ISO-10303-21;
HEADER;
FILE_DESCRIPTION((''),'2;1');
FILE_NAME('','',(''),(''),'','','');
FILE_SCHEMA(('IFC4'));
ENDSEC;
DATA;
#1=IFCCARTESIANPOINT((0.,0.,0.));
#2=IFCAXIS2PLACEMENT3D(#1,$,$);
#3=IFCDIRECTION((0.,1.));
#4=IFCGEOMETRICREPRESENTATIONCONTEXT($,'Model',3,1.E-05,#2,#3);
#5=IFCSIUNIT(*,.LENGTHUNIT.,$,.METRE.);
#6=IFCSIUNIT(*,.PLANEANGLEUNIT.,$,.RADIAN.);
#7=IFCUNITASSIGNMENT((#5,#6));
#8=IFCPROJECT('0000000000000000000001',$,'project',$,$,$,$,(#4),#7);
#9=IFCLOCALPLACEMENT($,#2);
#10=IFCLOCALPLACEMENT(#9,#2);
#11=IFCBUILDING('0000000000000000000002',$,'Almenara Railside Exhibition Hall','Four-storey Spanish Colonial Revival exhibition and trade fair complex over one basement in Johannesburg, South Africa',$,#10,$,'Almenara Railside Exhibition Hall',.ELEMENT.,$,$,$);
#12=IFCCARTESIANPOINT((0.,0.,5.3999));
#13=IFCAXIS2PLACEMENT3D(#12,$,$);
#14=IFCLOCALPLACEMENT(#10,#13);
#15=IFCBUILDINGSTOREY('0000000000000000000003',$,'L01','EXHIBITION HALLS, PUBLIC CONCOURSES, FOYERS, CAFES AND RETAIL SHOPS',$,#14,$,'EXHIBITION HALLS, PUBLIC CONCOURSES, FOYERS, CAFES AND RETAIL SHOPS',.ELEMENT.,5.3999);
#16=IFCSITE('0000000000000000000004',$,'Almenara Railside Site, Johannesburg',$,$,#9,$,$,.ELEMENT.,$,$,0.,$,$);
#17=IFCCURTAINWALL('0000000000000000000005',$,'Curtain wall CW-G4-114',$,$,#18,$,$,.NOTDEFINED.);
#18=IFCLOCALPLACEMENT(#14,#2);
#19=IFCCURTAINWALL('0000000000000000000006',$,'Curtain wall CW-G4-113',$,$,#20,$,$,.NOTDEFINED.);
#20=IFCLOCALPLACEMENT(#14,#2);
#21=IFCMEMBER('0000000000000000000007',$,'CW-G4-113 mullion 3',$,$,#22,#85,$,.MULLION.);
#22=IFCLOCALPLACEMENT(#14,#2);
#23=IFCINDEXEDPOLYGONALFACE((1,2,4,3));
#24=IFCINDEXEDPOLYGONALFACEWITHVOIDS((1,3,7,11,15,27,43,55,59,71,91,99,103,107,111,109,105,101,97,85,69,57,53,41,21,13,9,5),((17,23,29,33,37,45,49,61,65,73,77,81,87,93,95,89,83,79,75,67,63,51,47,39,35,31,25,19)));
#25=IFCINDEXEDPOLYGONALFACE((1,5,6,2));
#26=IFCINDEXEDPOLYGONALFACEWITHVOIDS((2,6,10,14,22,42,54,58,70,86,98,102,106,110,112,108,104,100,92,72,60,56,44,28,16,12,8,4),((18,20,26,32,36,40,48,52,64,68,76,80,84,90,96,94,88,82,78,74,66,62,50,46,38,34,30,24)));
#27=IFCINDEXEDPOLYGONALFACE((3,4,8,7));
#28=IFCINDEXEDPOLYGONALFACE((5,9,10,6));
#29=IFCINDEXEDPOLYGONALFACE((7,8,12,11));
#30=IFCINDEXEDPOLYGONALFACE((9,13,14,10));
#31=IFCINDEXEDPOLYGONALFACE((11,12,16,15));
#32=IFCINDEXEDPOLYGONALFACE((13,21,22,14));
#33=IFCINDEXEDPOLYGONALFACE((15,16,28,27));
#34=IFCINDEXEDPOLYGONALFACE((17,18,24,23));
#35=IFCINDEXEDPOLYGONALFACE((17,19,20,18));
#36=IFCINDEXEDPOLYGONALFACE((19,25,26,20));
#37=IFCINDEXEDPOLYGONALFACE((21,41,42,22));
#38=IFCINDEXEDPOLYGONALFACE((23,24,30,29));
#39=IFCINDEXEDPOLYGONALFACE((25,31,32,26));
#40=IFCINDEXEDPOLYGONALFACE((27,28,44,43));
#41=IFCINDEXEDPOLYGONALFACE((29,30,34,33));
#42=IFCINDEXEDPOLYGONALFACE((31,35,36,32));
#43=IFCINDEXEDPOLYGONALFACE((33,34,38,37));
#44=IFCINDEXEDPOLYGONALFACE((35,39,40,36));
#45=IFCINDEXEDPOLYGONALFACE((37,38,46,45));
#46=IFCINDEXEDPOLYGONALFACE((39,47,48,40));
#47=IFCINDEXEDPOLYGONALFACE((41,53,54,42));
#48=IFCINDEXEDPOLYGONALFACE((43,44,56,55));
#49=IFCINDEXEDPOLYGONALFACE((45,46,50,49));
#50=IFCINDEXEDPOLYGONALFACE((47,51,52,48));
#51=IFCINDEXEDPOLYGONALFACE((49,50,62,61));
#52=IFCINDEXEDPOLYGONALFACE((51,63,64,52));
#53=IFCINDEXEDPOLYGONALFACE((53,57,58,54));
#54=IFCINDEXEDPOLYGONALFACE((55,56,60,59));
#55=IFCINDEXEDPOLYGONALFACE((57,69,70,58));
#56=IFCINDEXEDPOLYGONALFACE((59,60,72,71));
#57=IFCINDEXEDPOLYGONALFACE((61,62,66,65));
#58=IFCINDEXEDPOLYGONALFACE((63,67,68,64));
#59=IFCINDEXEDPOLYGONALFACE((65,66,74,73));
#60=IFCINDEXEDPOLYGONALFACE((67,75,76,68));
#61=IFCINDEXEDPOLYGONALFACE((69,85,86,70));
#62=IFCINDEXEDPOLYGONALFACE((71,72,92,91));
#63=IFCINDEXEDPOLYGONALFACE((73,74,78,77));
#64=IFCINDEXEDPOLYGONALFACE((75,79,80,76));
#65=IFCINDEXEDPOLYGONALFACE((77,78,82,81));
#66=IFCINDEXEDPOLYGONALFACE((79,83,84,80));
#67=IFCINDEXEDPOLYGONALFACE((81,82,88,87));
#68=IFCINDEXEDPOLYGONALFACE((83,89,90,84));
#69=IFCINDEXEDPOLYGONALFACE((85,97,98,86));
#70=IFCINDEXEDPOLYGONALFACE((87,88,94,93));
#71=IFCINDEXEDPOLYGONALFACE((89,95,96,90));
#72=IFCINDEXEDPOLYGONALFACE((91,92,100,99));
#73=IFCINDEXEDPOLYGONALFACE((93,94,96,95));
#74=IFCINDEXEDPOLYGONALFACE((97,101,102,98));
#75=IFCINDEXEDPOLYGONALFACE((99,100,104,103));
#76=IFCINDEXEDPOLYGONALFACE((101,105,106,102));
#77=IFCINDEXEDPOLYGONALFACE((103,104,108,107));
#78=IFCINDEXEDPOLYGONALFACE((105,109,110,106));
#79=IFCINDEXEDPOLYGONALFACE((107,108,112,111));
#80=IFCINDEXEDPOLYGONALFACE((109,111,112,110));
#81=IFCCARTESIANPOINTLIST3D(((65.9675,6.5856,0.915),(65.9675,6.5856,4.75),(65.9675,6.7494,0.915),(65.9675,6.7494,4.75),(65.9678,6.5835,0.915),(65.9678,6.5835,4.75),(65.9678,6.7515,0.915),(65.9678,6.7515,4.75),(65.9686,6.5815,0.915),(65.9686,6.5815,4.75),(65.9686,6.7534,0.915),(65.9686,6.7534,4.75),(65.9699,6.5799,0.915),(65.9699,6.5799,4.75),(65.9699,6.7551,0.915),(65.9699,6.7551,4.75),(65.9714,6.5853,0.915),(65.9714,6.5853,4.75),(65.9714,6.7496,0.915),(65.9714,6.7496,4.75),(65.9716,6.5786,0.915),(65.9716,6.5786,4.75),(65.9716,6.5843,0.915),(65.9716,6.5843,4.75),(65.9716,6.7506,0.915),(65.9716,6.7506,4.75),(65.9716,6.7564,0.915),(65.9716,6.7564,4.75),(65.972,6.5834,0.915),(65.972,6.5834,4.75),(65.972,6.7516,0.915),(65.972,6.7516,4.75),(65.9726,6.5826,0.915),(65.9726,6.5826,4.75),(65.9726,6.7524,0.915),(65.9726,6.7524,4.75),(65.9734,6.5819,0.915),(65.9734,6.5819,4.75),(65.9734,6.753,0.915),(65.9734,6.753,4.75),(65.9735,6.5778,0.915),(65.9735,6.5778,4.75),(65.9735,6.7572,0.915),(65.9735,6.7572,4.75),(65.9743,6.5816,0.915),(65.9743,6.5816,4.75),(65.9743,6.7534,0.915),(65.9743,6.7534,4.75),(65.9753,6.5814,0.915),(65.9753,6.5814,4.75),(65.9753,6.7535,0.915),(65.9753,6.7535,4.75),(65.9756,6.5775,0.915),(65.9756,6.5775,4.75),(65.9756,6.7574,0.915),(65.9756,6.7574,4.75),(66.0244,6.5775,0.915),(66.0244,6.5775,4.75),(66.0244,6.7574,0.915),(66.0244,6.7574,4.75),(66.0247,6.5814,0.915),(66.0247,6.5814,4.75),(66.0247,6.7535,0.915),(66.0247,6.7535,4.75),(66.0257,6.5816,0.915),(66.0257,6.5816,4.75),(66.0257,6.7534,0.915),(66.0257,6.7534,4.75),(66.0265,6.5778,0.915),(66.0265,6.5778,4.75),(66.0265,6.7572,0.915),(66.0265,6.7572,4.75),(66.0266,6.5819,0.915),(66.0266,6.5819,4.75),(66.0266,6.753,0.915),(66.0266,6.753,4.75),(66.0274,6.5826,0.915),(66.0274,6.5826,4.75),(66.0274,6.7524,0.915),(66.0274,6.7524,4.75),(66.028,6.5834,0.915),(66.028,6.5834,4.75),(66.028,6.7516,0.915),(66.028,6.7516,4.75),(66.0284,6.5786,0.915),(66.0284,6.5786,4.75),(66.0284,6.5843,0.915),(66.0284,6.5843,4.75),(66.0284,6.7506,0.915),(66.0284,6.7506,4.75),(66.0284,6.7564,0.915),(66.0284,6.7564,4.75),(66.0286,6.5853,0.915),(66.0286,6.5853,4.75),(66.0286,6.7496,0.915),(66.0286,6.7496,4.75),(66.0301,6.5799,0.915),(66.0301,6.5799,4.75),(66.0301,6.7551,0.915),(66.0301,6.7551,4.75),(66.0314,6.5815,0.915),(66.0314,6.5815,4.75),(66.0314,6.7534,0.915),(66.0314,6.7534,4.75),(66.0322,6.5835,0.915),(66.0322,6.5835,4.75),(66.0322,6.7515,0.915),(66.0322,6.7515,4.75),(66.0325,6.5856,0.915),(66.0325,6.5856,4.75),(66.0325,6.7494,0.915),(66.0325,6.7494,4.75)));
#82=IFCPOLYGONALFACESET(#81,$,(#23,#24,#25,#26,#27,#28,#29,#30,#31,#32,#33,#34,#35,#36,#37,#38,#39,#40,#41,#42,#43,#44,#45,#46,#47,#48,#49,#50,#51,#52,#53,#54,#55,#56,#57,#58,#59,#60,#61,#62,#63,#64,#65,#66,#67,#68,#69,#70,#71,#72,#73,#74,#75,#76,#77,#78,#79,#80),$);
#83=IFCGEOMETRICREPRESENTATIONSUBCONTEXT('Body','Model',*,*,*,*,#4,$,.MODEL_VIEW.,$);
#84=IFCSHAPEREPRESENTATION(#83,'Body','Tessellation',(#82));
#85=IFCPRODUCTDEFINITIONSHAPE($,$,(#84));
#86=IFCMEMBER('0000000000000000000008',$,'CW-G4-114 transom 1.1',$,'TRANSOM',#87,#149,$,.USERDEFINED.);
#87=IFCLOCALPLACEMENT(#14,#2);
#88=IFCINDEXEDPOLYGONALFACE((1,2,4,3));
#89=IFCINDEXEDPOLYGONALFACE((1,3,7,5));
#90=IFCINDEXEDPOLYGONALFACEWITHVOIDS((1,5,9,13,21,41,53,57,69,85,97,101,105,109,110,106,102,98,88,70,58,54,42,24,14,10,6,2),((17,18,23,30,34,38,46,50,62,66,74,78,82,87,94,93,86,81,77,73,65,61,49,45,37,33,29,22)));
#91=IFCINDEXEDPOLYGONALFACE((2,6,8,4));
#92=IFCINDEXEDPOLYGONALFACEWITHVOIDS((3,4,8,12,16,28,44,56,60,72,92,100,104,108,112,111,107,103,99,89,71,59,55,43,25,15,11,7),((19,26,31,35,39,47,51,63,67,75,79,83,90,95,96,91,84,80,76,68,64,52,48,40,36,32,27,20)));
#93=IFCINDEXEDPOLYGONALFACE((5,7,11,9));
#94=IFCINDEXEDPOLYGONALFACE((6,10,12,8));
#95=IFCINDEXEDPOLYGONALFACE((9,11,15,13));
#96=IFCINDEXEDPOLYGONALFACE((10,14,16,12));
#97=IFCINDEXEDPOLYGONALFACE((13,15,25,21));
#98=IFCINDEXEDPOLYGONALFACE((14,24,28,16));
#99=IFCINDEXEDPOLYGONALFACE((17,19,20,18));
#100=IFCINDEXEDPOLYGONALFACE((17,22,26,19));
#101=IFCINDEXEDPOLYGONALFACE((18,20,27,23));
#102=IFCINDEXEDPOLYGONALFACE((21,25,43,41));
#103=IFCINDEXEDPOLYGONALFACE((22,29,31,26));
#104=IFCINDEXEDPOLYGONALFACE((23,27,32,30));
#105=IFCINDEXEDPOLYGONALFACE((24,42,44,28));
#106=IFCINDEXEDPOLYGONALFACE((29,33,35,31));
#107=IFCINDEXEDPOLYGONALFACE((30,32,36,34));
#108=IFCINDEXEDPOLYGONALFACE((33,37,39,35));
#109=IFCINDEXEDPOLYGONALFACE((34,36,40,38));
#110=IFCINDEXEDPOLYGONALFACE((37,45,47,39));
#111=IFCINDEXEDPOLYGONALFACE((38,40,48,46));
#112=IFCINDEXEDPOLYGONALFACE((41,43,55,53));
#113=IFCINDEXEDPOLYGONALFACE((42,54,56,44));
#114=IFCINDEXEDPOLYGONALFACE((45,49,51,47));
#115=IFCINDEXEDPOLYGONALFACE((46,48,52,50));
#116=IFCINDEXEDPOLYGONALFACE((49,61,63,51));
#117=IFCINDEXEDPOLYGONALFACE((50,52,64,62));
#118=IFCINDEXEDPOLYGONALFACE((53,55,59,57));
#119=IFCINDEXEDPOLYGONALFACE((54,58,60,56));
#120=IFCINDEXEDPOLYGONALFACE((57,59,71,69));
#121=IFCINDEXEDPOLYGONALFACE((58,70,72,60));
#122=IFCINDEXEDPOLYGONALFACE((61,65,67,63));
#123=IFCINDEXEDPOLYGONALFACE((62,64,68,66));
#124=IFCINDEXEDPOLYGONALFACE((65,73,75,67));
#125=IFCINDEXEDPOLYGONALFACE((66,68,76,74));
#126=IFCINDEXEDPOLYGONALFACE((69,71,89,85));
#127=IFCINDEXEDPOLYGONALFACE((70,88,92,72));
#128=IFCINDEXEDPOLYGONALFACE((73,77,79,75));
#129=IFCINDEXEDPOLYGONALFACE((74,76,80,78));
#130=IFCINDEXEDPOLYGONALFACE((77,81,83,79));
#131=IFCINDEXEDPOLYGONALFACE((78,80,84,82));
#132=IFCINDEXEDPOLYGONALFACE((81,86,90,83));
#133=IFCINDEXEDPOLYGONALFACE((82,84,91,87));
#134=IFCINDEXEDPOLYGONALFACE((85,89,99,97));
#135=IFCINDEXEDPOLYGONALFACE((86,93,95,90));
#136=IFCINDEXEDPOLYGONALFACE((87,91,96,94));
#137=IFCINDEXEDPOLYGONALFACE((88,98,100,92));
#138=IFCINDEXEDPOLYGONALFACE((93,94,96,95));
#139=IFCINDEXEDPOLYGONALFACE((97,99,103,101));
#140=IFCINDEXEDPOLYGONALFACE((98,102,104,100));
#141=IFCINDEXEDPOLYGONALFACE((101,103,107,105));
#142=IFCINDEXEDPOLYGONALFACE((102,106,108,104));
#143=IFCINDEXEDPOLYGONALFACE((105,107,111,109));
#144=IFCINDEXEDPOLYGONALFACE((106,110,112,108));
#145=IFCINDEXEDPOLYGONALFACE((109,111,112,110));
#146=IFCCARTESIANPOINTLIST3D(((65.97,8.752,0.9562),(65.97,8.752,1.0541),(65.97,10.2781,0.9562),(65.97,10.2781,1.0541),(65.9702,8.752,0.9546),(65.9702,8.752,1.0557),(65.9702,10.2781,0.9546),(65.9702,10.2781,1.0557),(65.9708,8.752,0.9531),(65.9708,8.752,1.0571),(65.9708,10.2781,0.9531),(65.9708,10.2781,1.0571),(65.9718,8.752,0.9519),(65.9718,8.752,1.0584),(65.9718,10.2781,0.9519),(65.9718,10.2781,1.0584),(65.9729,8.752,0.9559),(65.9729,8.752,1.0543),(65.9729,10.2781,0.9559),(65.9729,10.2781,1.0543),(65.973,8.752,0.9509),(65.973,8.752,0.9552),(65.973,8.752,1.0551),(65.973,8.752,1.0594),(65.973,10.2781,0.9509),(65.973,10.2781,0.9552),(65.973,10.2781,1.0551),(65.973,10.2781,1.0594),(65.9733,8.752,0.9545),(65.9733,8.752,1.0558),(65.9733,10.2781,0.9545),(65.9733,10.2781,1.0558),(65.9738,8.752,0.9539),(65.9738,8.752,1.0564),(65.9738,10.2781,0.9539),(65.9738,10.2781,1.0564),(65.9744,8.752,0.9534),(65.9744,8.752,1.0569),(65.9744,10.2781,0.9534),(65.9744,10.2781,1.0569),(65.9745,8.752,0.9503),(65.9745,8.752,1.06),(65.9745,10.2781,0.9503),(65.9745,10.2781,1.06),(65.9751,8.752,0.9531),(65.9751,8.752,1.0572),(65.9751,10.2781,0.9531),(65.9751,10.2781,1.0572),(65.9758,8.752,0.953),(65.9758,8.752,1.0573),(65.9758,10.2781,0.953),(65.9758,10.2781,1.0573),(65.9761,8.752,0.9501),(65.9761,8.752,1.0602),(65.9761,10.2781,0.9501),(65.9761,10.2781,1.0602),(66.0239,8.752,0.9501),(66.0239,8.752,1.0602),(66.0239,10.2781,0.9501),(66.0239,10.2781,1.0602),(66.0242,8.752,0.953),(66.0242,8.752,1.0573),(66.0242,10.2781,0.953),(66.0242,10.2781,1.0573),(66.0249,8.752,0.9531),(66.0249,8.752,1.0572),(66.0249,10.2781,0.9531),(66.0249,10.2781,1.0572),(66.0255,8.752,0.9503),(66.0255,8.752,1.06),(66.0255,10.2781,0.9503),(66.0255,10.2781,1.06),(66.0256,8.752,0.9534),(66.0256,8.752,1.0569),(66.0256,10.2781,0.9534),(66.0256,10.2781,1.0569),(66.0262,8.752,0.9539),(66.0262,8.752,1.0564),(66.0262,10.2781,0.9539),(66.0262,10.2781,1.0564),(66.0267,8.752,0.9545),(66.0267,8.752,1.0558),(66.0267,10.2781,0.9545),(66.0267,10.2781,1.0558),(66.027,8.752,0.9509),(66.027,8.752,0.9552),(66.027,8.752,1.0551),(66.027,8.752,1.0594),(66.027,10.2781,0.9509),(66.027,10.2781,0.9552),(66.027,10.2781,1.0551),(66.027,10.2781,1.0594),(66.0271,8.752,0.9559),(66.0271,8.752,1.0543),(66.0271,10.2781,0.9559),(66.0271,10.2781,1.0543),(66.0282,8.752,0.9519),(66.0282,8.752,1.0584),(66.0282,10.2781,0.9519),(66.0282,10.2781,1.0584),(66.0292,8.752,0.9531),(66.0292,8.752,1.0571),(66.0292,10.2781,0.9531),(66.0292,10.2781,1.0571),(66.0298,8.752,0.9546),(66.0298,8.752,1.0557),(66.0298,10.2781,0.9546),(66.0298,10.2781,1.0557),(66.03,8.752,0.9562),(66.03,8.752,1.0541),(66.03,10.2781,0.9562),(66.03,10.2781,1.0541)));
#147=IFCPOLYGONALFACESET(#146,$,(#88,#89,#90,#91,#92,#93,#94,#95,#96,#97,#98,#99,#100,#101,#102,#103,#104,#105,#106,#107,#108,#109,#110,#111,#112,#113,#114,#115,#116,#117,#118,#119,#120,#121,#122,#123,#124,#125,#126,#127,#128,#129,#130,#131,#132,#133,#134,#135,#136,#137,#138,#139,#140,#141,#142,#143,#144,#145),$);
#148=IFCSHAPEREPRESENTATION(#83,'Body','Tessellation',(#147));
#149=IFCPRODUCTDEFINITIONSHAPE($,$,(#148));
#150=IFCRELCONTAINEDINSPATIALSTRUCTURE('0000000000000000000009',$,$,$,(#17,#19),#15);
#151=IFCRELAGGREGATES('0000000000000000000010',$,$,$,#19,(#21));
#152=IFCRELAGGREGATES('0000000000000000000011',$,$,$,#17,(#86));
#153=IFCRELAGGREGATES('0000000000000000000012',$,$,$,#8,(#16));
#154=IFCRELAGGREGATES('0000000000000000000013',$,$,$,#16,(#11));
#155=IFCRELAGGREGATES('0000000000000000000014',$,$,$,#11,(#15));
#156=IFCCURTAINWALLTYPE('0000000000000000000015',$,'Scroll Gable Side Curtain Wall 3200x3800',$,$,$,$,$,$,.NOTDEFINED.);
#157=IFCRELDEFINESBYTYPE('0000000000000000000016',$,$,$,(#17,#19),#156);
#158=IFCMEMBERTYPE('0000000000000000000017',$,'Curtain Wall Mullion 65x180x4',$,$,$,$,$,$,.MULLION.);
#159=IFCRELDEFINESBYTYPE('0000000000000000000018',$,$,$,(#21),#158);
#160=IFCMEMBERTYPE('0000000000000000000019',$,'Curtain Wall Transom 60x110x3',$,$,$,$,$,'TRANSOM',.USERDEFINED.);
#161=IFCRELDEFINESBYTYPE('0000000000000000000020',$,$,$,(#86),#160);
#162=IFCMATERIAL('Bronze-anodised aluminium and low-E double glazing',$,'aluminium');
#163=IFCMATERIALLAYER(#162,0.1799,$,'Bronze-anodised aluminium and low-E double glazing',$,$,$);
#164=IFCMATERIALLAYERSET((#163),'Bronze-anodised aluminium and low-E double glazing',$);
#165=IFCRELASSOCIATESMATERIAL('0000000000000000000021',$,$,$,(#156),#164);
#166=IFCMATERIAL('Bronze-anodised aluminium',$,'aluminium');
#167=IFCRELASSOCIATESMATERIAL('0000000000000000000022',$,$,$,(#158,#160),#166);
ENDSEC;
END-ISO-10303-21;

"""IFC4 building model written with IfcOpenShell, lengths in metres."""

from ifc_helpers import new_model, si_unit, direction, frame, origin, origin_2d, place, context, subcontext, project, spatial, hollow_rectangle, extrude, material, layer, layer_set, material_profile, profile_set, type_object, element, aggregate, save


model = new_model("IFC4")

# Units and contexts
model_context = context("Model", 3, precision=1e-05, world=origin(), true_north=direction((0.0, 1.0)))
body_context = subcontext(model_context, "Body", "Model", "MODEL_VIEW")
ifc_project = project(units=[si_unit("LENGTHUNIT", "METRE"), si_unit("PLANEANGLEUNIT", "RADIAN")], contexts=[model_context])

# Site, building, storey
site_placement = place(None, origin())
site = spatial("IfcSite", under=ifc_project, at=site_placement, Name="Almenara Railside Site, Johannesburg", CompositionType="ELEMENT", RefElevation=0.0)
building_placement = place(site_placement, origin())
building = spatial("IfcBuilding", under=site, at=building_placement, Name="Almenara Railside Exhibition Hall", Description="Four-storey Spanish Colonial Revival exhibition and trade fair complex over one basement in Johannesburg, South Africa", LongName="Almenara Railside Exhibition Hall", CompositionType="ELEMENT")
storey_placement = place(building_placement, frame((0.0, 0.0, 5.3999)))
storey = spatial("IfcBuildingStorey", under=building, at=storey_placement, Name="L01", Description="EXHIBITION HALLS, PUBLIC CONCOURSES, FOYERS, CAFES AND RETAIL SHOPS", LongName="EXHIBITION HALLS, PUBLIC CONCOURSES, FOYERS, CAFES AND RETAIL SHOPS", CompositionType="ELEMENT", Elevation=5.3999)

# Curtain wall
ifc_material_1 = material(Name="Bronze-anodised aluminium and low-E double glazing", Category="aluminium")
ifc_layer_1 = layer(ifc_material_1, 0.1799, Name="Bronze-anodised aluminium and low-E double glazing")
ifc_layer_set_1 = layer_set([ifc_layer_1], Name="Bronze-anodised aluminium and low-E double glazing")
curtain_wall_type = type_object("IfcCurtainWallType", Name="Scroll Gable Side Curtain Wall 3200x3800", PredefinedType="NOTDEFINED", material=ifc_layer_set_1)
curtain_wall_1_placement = place(storey_placement, origin())
curtain_wall_1 = element("IfcCurtainWall", 1, at=curtain_wall_1_placement, inside=storey, type_object=curtain_wall_type, Name="Curtain wall CW-G4-114", PredefinedType="NOTDEFINED")
ifc_material_2 = material(Name="Bronze-anodised aluminium", Category="aluminium")

# Curtain wall, member
curtain_wall_2_placement = place(storey_placement, origin())
curtain_wall_2 = element("IfcCurtainWall", 2, at=curtain_wall_2_placement, inside=storey, type_object=curtain_wall_type, Name="Curtain wall CW-G4-113", PredefinedType="NOTDEFINED")
ifc_material_profile_1 = material_profile(ifc_material_2, hollow_rectangle(XDim=0.0649, YDim=0.1799, WallThickness=0.0039, InnerFilletRadius=0.0039, OuterFilletRadius=0.0081, at=origin_2d()), Name="ALU-MUL 65x180x4")
ifc_profile_set_1 = profile_set([ifc_material_profile_1], Name="Bronze-anodised aluminium")
member_type_1 = type_object("IfcMemberType", Name="Curtain Wall Mullion 65x180x4", PredefinedType="MULLION", material=ifc_profile_set_1)
member_1_placement = place(storey_placement, frame((66.0, 6.6675, 0.915), z_axis=(0.0, 0.0, 1.0), x_axis=(-1.0, 0.0, 0.0)))
member_1 = element("IfcMember", 3, at=member_1_placement, type_object=member_type_1, Name="CW-G4-113 mullion 3", PredefinedType="MULLION", context=body_context, shape_type="SweptSolid", body=[
    extrude(hollow_rectangle(XDim=0.0649, YDim=0.1799, WallThickness=0.0039, InnerFilletRadius=0.0039, OuterFilletRadius=0.0081, at=origin_2d()), origin(), (0.0, 0.0, 1.0), 3.835),
])

# Member
ifc_material_profile_2 = material_profile(ifc_material_2, hollow_rectangle(XDim=0.0601, YDim=0.1101, WallThickness=0.0029, InnerFilletRadius=0.0029, OuterFilletRadius=0.0061, at=origin_2d()), Name="ALU-TRN 60x110x3")
ifc_profile_set_2 = profile_set([ifc_material_profile_2], Name="Bronze-anodised aluminium")
member_type_2 = type_object("IfcMemberType", Name="Curtain Wall Transom 60x110x3", ElementType="TRANSOM", PredefinedType="USERDEFINED", material=ifc_profile_set_2)
member_2_placement = place(storey_placement, frame((66.0, 8.752, 1.0051), z_axis=(0.0, 1.0, 0.0), x_axis=(-1.0, 0.0, 0.0)))
member_2 = element("IfcMember", 4, at=member_2_placement, type_object=member_type_2, Name="CW-G4-114 transom 1.1", ObjectType="TRANSOM", PredefinedType="USERDEFINED", context=body_context, shape_type="SweptSolid", body=[
    extrude(hollow_rectangle(XDim=0.0601, YDim=0.1101, WallThickness=0.0029, InnerFilletRadius=0.0029, OuterFilletRadius=0.0061, at=origin_2d()), origin(), (0.0, 0.0, 1.0), 1.5261),
])

aggregate(curtain_wall_2, [member_1])
aggregate(curtain_wall_1, [member_2])

save(model, "model.ifc")
